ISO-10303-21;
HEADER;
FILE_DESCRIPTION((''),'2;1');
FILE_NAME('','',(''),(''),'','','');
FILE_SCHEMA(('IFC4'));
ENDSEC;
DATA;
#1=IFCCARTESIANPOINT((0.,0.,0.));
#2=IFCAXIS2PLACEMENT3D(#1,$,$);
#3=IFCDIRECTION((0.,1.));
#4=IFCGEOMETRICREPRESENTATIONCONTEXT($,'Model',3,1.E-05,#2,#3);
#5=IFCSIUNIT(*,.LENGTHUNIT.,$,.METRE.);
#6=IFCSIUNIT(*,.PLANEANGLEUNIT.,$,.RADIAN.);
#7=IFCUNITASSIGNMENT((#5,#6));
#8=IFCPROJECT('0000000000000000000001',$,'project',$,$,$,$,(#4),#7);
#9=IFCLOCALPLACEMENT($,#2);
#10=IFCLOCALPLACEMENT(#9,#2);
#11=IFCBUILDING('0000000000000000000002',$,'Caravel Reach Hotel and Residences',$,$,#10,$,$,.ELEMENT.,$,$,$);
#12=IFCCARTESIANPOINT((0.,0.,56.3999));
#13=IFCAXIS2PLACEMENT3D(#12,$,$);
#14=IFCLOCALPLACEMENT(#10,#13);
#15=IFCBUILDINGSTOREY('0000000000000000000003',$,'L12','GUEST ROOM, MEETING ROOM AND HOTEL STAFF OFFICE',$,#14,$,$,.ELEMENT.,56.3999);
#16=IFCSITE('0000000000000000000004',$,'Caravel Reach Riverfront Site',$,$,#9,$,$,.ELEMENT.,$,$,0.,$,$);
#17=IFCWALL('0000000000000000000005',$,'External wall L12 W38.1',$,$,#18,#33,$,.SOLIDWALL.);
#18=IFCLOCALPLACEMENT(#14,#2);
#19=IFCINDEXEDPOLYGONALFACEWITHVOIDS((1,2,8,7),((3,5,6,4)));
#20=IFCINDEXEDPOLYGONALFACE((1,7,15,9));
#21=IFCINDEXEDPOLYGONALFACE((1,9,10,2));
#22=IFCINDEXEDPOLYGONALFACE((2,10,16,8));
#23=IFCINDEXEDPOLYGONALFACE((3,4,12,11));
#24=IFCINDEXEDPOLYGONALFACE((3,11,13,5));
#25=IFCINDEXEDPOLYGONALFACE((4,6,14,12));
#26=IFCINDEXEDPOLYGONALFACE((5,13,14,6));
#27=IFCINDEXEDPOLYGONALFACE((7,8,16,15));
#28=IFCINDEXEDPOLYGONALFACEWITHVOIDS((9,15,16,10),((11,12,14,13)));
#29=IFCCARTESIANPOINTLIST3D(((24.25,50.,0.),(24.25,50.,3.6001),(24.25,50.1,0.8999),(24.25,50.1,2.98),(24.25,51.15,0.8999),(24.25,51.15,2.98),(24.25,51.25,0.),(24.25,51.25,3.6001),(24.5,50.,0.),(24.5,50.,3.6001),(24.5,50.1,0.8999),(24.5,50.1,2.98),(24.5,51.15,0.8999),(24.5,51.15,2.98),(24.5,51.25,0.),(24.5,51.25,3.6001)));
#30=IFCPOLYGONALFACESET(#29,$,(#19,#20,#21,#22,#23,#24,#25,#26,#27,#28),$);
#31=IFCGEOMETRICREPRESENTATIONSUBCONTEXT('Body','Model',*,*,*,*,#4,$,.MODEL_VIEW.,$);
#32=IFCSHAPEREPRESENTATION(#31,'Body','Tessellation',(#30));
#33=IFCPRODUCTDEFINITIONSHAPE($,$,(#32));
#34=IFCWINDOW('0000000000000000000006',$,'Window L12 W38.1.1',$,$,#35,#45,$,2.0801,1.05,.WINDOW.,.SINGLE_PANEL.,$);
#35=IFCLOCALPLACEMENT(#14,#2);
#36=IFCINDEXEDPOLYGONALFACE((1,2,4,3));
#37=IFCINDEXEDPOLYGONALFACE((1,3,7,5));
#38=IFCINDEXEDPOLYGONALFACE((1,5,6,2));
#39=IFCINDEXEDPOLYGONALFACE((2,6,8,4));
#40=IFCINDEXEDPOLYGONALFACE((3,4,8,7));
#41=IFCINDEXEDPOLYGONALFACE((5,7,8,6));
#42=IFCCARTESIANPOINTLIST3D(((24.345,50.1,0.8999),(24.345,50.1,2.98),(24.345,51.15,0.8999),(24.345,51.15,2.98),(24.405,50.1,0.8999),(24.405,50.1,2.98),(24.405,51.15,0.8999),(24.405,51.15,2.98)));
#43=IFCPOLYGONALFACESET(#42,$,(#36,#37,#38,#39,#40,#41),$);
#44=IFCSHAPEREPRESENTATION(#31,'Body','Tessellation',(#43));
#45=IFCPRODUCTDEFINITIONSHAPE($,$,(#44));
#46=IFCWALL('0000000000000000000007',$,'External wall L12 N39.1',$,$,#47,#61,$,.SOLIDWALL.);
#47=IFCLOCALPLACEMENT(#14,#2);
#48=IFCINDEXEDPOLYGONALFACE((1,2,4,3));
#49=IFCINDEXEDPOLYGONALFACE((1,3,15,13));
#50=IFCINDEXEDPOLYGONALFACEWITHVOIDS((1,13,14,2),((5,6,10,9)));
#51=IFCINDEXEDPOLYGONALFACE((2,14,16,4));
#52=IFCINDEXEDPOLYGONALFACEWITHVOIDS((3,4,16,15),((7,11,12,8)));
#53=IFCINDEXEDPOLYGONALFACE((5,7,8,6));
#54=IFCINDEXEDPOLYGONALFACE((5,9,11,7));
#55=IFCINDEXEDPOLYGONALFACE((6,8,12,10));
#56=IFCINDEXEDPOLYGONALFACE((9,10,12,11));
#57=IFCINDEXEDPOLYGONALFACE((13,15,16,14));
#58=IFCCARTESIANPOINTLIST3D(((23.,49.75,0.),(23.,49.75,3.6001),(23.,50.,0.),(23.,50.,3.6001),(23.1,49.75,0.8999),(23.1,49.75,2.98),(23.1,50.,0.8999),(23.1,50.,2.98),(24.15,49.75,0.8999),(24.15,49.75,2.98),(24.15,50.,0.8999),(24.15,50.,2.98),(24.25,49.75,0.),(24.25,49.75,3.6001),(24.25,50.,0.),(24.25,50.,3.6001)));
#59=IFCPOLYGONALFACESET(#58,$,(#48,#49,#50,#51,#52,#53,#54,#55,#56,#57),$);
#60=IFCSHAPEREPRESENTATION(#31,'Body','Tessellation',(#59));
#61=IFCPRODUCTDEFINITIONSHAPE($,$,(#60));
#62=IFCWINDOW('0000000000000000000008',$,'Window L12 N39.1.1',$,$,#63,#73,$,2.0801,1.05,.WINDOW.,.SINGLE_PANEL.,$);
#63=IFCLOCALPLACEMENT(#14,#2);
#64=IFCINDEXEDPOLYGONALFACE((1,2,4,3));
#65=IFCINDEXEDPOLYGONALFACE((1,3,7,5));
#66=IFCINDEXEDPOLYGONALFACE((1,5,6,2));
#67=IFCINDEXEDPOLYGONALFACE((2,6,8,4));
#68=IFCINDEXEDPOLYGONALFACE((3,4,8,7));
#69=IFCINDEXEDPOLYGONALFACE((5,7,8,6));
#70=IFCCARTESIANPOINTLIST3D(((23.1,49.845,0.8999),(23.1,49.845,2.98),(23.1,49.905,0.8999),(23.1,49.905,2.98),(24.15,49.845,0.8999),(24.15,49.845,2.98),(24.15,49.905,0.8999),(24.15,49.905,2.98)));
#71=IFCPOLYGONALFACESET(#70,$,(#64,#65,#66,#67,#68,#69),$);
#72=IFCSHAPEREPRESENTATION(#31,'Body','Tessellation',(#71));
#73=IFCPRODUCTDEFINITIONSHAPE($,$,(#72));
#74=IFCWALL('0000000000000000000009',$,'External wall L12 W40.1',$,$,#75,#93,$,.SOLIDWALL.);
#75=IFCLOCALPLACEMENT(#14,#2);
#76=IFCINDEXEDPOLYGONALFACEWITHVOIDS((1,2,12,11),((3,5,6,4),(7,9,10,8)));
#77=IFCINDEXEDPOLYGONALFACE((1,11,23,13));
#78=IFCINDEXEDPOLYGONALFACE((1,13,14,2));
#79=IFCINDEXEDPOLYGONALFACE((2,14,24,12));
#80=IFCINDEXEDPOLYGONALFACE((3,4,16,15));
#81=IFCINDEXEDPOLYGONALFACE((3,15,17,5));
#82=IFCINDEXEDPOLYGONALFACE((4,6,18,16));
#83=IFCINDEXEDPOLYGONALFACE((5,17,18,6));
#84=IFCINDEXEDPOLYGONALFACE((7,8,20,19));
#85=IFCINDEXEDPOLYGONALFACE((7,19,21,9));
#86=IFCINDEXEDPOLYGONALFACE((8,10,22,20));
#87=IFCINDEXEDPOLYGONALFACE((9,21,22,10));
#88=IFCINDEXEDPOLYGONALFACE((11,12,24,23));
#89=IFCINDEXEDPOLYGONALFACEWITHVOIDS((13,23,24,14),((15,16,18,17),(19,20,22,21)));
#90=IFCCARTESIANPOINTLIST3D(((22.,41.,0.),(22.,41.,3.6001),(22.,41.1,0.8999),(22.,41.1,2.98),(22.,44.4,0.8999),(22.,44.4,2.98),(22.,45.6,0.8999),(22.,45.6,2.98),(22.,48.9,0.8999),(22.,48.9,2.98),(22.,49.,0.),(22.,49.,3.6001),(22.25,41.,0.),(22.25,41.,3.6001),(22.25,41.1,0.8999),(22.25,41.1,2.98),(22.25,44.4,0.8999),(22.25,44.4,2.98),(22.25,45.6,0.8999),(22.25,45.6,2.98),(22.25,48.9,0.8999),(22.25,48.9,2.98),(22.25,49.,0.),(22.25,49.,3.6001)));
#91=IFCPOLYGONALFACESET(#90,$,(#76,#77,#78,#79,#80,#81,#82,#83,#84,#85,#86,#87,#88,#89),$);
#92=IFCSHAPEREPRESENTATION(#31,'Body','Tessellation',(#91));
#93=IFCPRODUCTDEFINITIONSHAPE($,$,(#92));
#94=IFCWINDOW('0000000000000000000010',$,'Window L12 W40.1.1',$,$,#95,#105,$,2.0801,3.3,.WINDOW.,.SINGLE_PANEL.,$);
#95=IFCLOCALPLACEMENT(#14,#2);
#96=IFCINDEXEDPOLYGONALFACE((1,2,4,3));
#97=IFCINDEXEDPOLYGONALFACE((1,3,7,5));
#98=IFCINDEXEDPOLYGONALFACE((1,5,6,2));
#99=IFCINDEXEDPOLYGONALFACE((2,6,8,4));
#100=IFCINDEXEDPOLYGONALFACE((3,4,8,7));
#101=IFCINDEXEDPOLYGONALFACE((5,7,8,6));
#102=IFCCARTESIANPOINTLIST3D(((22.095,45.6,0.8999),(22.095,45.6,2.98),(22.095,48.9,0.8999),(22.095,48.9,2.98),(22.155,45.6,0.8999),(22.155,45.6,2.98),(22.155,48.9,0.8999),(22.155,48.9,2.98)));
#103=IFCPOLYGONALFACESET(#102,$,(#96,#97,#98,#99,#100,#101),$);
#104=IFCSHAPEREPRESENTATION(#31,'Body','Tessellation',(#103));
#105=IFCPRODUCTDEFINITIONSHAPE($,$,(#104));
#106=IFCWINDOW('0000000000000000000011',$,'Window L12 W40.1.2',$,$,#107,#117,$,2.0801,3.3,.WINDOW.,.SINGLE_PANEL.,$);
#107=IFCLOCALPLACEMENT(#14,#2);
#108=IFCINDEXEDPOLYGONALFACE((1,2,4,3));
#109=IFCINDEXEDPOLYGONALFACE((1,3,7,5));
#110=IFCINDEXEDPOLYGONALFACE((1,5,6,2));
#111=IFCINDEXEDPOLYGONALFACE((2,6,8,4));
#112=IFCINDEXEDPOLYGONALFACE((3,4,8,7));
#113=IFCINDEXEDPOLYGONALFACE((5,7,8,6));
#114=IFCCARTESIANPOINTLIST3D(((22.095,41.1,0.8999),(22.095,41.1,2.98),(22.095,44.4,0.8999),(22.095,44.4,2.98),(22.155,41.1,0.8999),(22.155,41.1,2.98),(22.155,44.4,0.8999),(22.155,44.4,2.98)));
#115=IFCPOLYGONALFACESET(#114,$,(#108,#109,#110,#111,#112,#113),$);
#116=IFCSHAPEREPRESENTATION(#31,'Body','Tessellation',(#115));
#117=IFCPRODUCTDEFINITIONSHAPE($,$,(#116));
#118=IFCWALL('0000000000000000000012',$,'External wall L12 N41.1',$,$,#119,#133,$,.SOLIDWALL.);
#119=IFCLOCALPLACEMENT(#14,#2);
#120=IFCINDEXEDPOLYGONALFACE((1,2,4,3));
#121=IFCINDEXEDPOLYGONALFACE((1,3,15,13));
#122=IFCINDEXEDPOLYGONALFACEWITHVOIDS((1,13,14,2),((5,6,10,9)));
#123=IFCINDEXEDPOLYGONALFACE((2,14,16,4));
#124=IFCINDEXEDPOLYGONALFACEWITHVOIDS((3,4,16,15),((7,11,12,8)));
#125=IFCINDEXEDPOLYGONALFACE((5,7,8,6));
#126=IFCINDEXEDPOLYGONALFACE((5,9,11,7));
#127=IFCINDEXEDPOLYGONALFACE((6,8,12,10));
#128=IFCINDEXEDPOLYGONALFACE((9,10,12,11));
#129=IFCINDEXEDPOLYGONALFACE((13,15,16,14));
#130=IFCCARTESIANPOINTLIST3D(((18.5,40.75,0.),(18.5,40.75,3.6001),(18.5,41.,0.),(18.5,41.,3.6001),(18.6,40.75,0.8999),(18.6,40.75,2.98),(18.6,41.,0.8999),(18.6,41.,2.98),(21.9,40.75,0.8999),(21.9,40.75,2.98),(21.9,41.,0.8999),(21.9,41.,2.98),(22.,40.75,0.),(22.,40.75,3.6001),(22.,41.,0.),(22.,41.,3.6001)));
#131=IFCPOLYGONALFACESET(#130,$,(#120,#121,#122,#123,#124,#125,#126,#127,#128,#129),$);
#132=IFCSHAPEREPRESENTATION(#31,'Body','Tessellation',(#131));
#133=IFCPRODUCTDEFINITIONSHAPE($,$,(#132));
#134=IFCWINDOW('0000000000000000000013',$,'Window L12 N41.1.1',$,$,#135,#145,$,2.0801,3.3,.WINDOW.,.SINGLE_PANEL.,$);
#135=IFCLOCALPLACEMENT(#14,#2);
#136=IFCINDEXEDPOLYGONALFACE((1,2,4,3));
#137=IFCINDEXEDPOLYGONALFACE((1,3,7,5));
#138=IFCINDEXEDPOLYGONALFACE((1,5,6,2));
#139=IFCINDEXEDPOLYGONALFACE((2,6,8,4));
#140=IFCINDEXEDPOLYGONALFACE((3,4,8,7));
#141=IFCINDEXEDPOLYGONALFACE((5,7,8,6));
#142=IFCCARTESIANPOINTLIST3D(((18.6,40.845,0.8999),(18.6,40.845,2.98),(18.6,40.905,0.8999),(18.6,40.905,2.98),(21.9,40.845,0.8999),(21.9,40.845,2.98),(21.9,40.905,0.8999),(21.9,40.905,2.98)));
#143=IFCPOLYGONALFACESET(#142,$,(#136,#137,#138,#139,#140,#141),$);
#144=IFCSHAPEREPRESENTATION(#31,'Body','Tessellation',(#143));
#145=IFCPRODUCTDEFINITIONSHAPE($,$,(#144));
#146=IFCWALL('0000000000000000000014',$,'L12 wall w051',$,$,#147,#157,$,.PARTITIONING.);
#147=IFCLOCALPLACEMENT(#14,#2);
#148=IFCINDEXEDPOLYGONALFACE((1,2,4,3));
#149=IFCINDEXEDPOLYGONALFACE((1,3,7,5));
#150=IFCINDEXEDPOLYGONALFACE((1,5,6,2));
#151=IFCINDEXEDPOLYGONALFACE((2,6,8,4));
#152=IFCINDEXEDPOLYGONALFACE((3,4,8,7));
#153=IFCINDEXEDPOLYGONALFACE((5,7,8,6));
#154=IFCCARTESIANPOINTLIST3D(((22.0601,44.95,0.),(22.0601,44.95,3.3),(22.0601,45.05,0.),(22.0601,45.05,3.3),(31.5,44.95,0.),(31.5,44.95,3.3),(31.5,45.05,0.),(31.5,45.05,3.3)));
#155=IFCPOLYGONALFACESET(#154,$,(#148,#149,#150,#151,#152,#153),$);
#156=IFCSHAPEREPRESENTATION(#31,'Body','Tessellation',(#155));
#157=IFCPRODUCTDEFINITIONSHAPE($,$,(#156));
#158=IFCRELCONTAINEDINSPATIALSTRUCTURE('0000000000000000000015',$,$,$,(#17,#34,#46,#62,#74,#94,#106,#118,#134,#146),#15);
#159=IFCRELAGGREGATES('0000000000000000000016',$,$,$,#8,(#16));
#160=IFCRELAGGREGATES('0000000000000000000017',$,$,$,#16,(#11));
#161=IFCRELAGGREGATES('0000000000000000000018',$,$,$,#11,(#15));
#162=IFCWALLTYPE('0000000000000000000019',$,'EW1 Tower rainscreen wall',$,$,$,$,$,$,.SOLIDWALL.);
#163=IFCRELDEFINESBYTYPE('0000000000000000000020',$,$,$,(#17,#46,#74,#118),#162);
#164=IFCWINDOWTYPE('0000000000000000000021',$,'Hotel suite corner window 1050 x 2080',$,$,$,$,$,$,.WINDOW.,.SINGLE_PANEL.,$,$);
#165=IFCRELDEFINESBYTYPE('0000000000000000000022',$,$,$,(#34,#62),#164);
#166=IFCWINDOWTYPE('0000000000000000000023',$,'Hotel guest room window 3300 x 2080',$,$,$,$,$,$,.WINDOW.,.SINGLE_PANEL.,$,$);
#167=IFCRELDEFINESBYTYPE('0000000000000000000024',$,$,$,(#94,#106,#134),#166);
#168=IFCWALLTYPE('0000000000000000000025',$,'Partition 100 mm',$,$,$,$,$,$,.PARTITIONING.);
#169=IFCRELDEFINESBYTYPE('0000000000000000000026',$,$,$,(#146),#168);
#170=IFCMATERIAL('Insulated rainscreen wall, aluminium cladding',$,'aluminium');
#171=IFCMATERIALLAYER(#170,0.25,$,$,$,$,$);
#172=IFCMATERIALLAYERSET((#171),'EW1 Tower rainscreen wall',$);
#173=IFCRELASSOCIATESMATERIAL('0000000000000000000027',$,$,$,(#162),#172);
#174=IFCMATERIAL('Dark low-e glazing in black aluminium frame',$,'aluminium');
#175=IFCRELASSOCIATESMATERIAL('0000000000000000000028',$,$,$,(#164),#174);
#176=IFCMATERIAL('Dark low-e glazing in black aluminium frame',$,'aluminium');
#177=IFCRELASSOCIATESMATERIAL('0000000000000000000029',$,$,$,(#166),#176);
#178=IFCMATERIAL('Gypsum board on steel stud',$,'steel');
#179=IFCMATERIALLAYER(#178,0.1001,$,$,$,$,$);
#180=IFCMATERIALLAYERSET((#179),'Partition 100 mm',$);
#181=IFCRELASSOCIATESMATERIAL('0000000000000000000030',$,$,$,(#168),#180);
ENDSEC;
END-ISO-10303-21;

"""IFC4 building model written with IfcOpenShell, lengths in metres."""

from ifc_helpers import new_model, si_unit, direction, frame, frame_2d, origin, place, context, subcontext, project, spatial, rectangle, extrude, material, layer, layer_set, type_object, element, fill, save


model = new_model("IFC4")

# Units and contexts
model_context = context("Model", 3, precision=1e-05, world=origin(), true_north=direction((0.0, 1.0)))
body_context = subcontext(model_context, "Body", "Model", "MODEL_VIEW")
ifc_project = project(units=[si_unit("LENGTHUNIT", "METRE"), si_unit("PLANEANGLEUNIT", "RADIAN")], contexts=[model_context])

# Site, building, storey
site_placement = place(None, origin())
site = spatial("IfcSite", under=ifc_project, at=site_placement, Name="Caravel Reach Riverfront Site", CompositionType="ELEMENT", RefElevation=0.0)
building_placement = place(site_placement, origin())
building = spatial("IfcBuilding", under=site, at=building_placement, Name="Caravel Reach Hotel and Residences", CompositionType="ELEMENT")
storey_placement = place(building_placement, frame((0.0, 0.0, 56.3999)))
storey = spatial("IfcBuildingStorey", under=building, at=storey_placement, Name="L12", Description="GUEST ROOM, MEETING ROOM AND HOTEL STAFF OFFICE", CompositionType="ELEMENT", Elevation=56.3999)

# Walls, openings, windows
ifc_material_1 = material(Name="Insulated rainscreen wall, aluminium cladding", Category="aluminium")
ifc_layer_1 = layer(ifc_material_1, 0.25)
ifc_layer_set_1 = layer_set([ifc_layer_1], Name="EW1 Tower rainscreen wall")
wall_type_1 = type_object("IfcWallType", Name="EW1 Tower rainscreen wall", PredefinedType="SOLIDWALL", material=ifc_layer_set_1)
ifc_material_2 = material(Name="Dark low-e glazing in black aluminium frame", Category="aluminium")
window_type_1 = type_object("IfcWindowType", Name="Hotel suite corner window 1050 x 2080", PartitioningType="SINGLE_PANEL", PredefinedType="WINDOW", material=ifc_material_2)
wall_1_placement = place(storey_placement, frame((24.375, 51.25, 0.0), z_axis=(0.0, 0.0, 1.0), x_axis=(0.0, -1.0, 0.0)))
wall_1 = element("IfcWall", 1, at=wall_1_placement, inside=storey, type_object=wall_type_1, Name="External wall L12 W38.1", PredefinedType="SOLIDWALL", context=body_context, shape_type="SweptSolid", body=[
    extrude(rectangle(XDim=1.25, YDim=0.25, at=frame_2d((0.625, 0.0))), origin(), (0.0, 0.0, 1.0), 3.6001),
])
opening_1_placement = place(wall_1_placement, frame((0.1001, 0.0, 0.8999)))
opening_1 = element("IfcOpeningElement", 2, at=opening_1_placement, cuts=wall_1, PredefinedType="OPENING", context=body_context, shape_type="SweptSolid", body=[
    extrude(rectangle(XDim=1.05, YDim=2.0801, at=frame_2d((0.5249, 1.04))), frame((0.0, 0.135, 0.0), z_axis=(0.0, -1.0, 0.0), x_axis=(1.0, 0.0, 0.0)), (0.0, 0.0, 1.0), 0.27),
])
window_1_placement = place(opening_1_placement, origin())
window_1 = element("IfcWindow", 3, at=window_1_placement, inside=storey, type_object=window_type_1, Name="Window L12 W38.1.1", OverallHeight=2.0801, OverallWidth=1.05, PartitioningType="SINGLE_PANEL", PredefinedType="WINDOW", context=body_context, shape_type="SweptSolid", body=[
    extrude(rectangle(XDim=1.05, YDim=2.0801, at=frame_2d((0.5249, 1.04))), frame((0.0, 0.03, 0.0), z_axis=(0.0, -1.0, 0.0), x_axis=(1.0, 0.0, 0.0)), (0.0, 0.0, 1.0), 0.0601),
])
fill(opening_1, window_1)
wall_2_placement = place(storey_placement, frame((24.25, 49.875, 0.0), z_axis=(0.0, 0.0, 1.0), x_axis=(-1.0, 0.0, 0.0)))
wall_2 = element("IfcWall", 4, at=wall_2_placement, inside=storey, type_object=wall_type_1, Name="External wall L12 N39.1", PredefinedType="SOLIDWALL", context=body_context, shape_type="SweptSolid", body=[
    extrude(rectangle(XDim=1.25, YDim=0.25, at=frame_2d((0.625, 0.0))), origin(), (0.0, 0.0, 1.0), 3.6001),
])
opening_2_placement = place(wall_2_placement, frame((0.1001, 0.0, 0.8999)))
opening_2 = element("IfcOpeningElement", 5, at=opening_2_placement, cuts=wall_2, PredefinedType="OPENING", context=body_context, shape_type="SweptSolid", body=[
    extrude(rectangle(XDim=1.05, YDim=2.0801, at=frame_2d((0.5249, 1.04))), frame((0.0, 0.135, 0.0), z_axis=(0.0, -1.0, 0.0), x_axis=(1.0, 0.0, 0.0)), (0.0, 0.0, 1.0), 0.27),
])
window_2_placement = place(opening_2_placement, origin())
window_2 = element("IfcWindow", 6, at=window_2_placement, inside=storey, type_object=window_type_1, Name="Window L12 N39.1.1", OverallHeight=2.0801, OverallWidth=1.05, PartitioningType="SINGLE_PANEL", PredefinedType="WINDOW", context=body_context, shape_type="SweptSolid", body=[
    extrude(rectangle(XDim=1.05, YDim=2.0801, at=frame_2d((0.5249, 1.04))), frame((0.0, 0.03, 0.0), z_axis=(0.0, -1.0, 0.0), x_axis=(1.0, 0.0, 0.0)), (0.0, 0.0, 1.0), 0.0601),
])
fill(opening_2, window_2)

# Wall, openings, windows
wall_3_placement = place(storey_placement, frame((22.125, 49.0, 0.0), z_axis=(0.0, 0.0, 1.0), x_axis=(0.0, -1.0, 0.0)))
wall_3 = element("IfcWall", 7, at=wall_3_placement, inside=storey, type_object=wall_type_1, Name="External wall L12 W40.1", PredefinedType="SOLIDWALL", context=body_context, shape_type="SweptSolid", body=[
    extrude(rectangle(XDim=8.0, YDim=0.25, at=frame_2d((4.0, 0.0))), origin(), (0.0, 0.0, 1.0), 3.6001),
])
opening_3_placement = place(wall_3_placement, frame((0.1001, 0.0, 0.8999)))
opening_3 = element("IfcOpeningElement", 8, at=opening_3_placement, cuts=wall_3, PredefinedType="OPENING", context=body_context, shape_type="SweptSolid", body=[
    extrude(rectangle(XDim=3.3, YDim=2.0801, at=frame_2d((1.6499, 1.04))), frame((0.0, 0.135, 0.0), z_axis=(0.0, -1.0, 0.0), x_axis=(1.0, 0.0, 0.0)), (0.0, 0.0, 1.0), 0.27),
])
opening_4_placement = place(wall_3_placement, frame((4.6001, 0.0, 0.8999)))
opening_4 = element("IfcOpeningElement", 9, at=opening_4_placement, cuts=wall_3, PredefinedType="OPENING", context=body_context, shape_type="SweptSolid", body=[
    extrude(rectangle(XDim=3.3, YDim=2.0801, at=frame_2d((1.6499, 1.04))), frame((0.0, 0.135, 0.0), z_axis=(0.0, -1.0, 0.0), x_axis=(1.0, 0.0, 0.0)), (0.0, 0.0, 1.0), 0.27),
])
ifc_material_3 = material(Name="Dark low-e glazing in black aluminium frame", Category="aluminium")
window_type_2 = type_object("IfcWindowType", Name="Hotel guest room window 3300 x 2080", PartitioningType="SINGLE_PANEL", PredefinedType="WINDOW", material=ifc_material_3)
window_3_placement = place(opening_3_placement, origin())
window_3 = element("IfcWindow", 10, at=window_3_placement, inside=storey, type_object=window_type_2, Name="Window L12 W40.1.1", OverallHeight=2.0801, OverallWidth=3.3, PartitioningType="SINGLE_PANEL", PredefinedType="WINDOW", context=body_context, shape_type="SweptSolid", body=[
    extrude(rectangle(XDim=3.3, YDim=2.0801, at=frame_2d((1.6499, 1.04))), frame((0.0, 0.03, 0.0), z_axis=(0.0, -1.0, 0.0), x_axis=(1.0, 0.0, 0.0)), (0.0, 0.0, 1.0), 0.0601),
])
fill(opening_3, window_3)
window_4_placement = place(opening_4_placement, origin())
window_4 = element("IfcWindow", 11, at=window_4_placement, inside=storey, type_object=window_type_2, Name="Window L12 W40.1.2", OverallHeight=2.0801, OverallWidth=3.3, PartitioningType="SINGLE_PANEL", PredefinedType="WINDOW", context=body_context, shape_type="SweptSolid", body=[
    extrude(rectangle(XDim=3.3, YDim=2.0801, at=frame_2d((1.6499, 1.04))), frame((0.0, 0.03, 0.0), z_axis=(0.0, -1.0, 0.0), x_axis=(1.0, 0.0, 0.0)), (0.0, 0.0, 1.0), 0.0601),
])
fill(opening_4, window_4)

# Wall, opening, window
wall_4_placement = place(storey_placement, frame((22.0, 40.875, 0.0), z_axis=(0.0, 0.0, 1.0), x_axis=(-1.0, 0.0, 0.0)))
wall_4 = element("IfcWall", 12, at=wall_4_placement, inside=storey, type_object=wall_type_1, Name="External wall L12 N41.1", PredefinedType="SOLIDWALL", context=body_context, shape_type="SweptSolid", body=[
    extrude(rectangle(XDim=3.5, YDim=0.25, at=frame_2d((1.75, 0.0))), origin(), (0.0, 0.0, 1.0), 3.6001),
])
opening_5_placement = place(wall_4_placement, frame((0.1001, 0.0, 0.8999)))
opening_5 = element("IfcOpeningElement", 13, at=opening_5_placement, cuts=wall_4, PredefinedType="OPENING", context=body_context, shape_type="SweptSolid", body=[
    extrude(rectangle(XDim=3.3, YDim=2.0801, at=frame_2d((1.6499, 1.04))), frame((0.0, 0.135, 0.0), z_axis=(0.0, -1.0, 0.0), x_axis=(1.0, 0.0, 0.0)), (0.0, 0.0, 1.0), 0.27),
])
window_5_placement = place(opening_5_placement, origin())
window_5 = element("IfcWindow", 14, at=window_5_placement, inside=storey, type_object=window_type_2, Name="Window L12 N41.1.1", OverallHeight=2.0801, OverallWidth=3.3, PartitioningType="SINGLE_PANEL", PredefinedType="WINDOW", context=body_context, shape_type="SweptSolid", body=[
    extrude(rectangle(XDim=3.3, YDim=2.0801, at=frame_2d((1.6499, 1.04))), frame((0.0, 0.03, 0.0), z_axis=(0.0, -1.0, 0.0), x_axis=(1.0, 0.0, 0.0)), (0.0, 0.0, 1.0), 0.0601),
])
fill(opening_5, window_5)

# Wall
ifc_material_4 = material(Name="Gypsum board on steel stud", Category="steel")
ifc_layer_2 = layer(ifc_material_4, 0.1001)
ifc_layer_set_2 = layer_set([ifc_layer_2], Name="Partition 100 mm")
wall_type_2 = type_object("IfcWallType", Name="Partition 100 mm", PredefinedType="PARTITIONING", material=ifc_layer_set_2)
wall_5_placement = place(storey_placement, frame((22.0601, 45.0, 0.0), z_axis=(0.0, 0.0, 1.0), x_axis=(1.0, 0.0, 0.0)))
element("IfcWall", 15, at=wall_5_placement, inside=storey, type_object=wall_type_2, Name="L12 wall w051", PredefinedType="PARTITIONING", context=body_context, shape_type="SweptSolid", body=[
    extrude(rectangle(XDim=9.4399, YDim=0.1001, at=frame_2d((4.72, 0.0))), origin(), (0.0, 0.0, 1.0), 3.3),
])

save(model, "model.ifc")
